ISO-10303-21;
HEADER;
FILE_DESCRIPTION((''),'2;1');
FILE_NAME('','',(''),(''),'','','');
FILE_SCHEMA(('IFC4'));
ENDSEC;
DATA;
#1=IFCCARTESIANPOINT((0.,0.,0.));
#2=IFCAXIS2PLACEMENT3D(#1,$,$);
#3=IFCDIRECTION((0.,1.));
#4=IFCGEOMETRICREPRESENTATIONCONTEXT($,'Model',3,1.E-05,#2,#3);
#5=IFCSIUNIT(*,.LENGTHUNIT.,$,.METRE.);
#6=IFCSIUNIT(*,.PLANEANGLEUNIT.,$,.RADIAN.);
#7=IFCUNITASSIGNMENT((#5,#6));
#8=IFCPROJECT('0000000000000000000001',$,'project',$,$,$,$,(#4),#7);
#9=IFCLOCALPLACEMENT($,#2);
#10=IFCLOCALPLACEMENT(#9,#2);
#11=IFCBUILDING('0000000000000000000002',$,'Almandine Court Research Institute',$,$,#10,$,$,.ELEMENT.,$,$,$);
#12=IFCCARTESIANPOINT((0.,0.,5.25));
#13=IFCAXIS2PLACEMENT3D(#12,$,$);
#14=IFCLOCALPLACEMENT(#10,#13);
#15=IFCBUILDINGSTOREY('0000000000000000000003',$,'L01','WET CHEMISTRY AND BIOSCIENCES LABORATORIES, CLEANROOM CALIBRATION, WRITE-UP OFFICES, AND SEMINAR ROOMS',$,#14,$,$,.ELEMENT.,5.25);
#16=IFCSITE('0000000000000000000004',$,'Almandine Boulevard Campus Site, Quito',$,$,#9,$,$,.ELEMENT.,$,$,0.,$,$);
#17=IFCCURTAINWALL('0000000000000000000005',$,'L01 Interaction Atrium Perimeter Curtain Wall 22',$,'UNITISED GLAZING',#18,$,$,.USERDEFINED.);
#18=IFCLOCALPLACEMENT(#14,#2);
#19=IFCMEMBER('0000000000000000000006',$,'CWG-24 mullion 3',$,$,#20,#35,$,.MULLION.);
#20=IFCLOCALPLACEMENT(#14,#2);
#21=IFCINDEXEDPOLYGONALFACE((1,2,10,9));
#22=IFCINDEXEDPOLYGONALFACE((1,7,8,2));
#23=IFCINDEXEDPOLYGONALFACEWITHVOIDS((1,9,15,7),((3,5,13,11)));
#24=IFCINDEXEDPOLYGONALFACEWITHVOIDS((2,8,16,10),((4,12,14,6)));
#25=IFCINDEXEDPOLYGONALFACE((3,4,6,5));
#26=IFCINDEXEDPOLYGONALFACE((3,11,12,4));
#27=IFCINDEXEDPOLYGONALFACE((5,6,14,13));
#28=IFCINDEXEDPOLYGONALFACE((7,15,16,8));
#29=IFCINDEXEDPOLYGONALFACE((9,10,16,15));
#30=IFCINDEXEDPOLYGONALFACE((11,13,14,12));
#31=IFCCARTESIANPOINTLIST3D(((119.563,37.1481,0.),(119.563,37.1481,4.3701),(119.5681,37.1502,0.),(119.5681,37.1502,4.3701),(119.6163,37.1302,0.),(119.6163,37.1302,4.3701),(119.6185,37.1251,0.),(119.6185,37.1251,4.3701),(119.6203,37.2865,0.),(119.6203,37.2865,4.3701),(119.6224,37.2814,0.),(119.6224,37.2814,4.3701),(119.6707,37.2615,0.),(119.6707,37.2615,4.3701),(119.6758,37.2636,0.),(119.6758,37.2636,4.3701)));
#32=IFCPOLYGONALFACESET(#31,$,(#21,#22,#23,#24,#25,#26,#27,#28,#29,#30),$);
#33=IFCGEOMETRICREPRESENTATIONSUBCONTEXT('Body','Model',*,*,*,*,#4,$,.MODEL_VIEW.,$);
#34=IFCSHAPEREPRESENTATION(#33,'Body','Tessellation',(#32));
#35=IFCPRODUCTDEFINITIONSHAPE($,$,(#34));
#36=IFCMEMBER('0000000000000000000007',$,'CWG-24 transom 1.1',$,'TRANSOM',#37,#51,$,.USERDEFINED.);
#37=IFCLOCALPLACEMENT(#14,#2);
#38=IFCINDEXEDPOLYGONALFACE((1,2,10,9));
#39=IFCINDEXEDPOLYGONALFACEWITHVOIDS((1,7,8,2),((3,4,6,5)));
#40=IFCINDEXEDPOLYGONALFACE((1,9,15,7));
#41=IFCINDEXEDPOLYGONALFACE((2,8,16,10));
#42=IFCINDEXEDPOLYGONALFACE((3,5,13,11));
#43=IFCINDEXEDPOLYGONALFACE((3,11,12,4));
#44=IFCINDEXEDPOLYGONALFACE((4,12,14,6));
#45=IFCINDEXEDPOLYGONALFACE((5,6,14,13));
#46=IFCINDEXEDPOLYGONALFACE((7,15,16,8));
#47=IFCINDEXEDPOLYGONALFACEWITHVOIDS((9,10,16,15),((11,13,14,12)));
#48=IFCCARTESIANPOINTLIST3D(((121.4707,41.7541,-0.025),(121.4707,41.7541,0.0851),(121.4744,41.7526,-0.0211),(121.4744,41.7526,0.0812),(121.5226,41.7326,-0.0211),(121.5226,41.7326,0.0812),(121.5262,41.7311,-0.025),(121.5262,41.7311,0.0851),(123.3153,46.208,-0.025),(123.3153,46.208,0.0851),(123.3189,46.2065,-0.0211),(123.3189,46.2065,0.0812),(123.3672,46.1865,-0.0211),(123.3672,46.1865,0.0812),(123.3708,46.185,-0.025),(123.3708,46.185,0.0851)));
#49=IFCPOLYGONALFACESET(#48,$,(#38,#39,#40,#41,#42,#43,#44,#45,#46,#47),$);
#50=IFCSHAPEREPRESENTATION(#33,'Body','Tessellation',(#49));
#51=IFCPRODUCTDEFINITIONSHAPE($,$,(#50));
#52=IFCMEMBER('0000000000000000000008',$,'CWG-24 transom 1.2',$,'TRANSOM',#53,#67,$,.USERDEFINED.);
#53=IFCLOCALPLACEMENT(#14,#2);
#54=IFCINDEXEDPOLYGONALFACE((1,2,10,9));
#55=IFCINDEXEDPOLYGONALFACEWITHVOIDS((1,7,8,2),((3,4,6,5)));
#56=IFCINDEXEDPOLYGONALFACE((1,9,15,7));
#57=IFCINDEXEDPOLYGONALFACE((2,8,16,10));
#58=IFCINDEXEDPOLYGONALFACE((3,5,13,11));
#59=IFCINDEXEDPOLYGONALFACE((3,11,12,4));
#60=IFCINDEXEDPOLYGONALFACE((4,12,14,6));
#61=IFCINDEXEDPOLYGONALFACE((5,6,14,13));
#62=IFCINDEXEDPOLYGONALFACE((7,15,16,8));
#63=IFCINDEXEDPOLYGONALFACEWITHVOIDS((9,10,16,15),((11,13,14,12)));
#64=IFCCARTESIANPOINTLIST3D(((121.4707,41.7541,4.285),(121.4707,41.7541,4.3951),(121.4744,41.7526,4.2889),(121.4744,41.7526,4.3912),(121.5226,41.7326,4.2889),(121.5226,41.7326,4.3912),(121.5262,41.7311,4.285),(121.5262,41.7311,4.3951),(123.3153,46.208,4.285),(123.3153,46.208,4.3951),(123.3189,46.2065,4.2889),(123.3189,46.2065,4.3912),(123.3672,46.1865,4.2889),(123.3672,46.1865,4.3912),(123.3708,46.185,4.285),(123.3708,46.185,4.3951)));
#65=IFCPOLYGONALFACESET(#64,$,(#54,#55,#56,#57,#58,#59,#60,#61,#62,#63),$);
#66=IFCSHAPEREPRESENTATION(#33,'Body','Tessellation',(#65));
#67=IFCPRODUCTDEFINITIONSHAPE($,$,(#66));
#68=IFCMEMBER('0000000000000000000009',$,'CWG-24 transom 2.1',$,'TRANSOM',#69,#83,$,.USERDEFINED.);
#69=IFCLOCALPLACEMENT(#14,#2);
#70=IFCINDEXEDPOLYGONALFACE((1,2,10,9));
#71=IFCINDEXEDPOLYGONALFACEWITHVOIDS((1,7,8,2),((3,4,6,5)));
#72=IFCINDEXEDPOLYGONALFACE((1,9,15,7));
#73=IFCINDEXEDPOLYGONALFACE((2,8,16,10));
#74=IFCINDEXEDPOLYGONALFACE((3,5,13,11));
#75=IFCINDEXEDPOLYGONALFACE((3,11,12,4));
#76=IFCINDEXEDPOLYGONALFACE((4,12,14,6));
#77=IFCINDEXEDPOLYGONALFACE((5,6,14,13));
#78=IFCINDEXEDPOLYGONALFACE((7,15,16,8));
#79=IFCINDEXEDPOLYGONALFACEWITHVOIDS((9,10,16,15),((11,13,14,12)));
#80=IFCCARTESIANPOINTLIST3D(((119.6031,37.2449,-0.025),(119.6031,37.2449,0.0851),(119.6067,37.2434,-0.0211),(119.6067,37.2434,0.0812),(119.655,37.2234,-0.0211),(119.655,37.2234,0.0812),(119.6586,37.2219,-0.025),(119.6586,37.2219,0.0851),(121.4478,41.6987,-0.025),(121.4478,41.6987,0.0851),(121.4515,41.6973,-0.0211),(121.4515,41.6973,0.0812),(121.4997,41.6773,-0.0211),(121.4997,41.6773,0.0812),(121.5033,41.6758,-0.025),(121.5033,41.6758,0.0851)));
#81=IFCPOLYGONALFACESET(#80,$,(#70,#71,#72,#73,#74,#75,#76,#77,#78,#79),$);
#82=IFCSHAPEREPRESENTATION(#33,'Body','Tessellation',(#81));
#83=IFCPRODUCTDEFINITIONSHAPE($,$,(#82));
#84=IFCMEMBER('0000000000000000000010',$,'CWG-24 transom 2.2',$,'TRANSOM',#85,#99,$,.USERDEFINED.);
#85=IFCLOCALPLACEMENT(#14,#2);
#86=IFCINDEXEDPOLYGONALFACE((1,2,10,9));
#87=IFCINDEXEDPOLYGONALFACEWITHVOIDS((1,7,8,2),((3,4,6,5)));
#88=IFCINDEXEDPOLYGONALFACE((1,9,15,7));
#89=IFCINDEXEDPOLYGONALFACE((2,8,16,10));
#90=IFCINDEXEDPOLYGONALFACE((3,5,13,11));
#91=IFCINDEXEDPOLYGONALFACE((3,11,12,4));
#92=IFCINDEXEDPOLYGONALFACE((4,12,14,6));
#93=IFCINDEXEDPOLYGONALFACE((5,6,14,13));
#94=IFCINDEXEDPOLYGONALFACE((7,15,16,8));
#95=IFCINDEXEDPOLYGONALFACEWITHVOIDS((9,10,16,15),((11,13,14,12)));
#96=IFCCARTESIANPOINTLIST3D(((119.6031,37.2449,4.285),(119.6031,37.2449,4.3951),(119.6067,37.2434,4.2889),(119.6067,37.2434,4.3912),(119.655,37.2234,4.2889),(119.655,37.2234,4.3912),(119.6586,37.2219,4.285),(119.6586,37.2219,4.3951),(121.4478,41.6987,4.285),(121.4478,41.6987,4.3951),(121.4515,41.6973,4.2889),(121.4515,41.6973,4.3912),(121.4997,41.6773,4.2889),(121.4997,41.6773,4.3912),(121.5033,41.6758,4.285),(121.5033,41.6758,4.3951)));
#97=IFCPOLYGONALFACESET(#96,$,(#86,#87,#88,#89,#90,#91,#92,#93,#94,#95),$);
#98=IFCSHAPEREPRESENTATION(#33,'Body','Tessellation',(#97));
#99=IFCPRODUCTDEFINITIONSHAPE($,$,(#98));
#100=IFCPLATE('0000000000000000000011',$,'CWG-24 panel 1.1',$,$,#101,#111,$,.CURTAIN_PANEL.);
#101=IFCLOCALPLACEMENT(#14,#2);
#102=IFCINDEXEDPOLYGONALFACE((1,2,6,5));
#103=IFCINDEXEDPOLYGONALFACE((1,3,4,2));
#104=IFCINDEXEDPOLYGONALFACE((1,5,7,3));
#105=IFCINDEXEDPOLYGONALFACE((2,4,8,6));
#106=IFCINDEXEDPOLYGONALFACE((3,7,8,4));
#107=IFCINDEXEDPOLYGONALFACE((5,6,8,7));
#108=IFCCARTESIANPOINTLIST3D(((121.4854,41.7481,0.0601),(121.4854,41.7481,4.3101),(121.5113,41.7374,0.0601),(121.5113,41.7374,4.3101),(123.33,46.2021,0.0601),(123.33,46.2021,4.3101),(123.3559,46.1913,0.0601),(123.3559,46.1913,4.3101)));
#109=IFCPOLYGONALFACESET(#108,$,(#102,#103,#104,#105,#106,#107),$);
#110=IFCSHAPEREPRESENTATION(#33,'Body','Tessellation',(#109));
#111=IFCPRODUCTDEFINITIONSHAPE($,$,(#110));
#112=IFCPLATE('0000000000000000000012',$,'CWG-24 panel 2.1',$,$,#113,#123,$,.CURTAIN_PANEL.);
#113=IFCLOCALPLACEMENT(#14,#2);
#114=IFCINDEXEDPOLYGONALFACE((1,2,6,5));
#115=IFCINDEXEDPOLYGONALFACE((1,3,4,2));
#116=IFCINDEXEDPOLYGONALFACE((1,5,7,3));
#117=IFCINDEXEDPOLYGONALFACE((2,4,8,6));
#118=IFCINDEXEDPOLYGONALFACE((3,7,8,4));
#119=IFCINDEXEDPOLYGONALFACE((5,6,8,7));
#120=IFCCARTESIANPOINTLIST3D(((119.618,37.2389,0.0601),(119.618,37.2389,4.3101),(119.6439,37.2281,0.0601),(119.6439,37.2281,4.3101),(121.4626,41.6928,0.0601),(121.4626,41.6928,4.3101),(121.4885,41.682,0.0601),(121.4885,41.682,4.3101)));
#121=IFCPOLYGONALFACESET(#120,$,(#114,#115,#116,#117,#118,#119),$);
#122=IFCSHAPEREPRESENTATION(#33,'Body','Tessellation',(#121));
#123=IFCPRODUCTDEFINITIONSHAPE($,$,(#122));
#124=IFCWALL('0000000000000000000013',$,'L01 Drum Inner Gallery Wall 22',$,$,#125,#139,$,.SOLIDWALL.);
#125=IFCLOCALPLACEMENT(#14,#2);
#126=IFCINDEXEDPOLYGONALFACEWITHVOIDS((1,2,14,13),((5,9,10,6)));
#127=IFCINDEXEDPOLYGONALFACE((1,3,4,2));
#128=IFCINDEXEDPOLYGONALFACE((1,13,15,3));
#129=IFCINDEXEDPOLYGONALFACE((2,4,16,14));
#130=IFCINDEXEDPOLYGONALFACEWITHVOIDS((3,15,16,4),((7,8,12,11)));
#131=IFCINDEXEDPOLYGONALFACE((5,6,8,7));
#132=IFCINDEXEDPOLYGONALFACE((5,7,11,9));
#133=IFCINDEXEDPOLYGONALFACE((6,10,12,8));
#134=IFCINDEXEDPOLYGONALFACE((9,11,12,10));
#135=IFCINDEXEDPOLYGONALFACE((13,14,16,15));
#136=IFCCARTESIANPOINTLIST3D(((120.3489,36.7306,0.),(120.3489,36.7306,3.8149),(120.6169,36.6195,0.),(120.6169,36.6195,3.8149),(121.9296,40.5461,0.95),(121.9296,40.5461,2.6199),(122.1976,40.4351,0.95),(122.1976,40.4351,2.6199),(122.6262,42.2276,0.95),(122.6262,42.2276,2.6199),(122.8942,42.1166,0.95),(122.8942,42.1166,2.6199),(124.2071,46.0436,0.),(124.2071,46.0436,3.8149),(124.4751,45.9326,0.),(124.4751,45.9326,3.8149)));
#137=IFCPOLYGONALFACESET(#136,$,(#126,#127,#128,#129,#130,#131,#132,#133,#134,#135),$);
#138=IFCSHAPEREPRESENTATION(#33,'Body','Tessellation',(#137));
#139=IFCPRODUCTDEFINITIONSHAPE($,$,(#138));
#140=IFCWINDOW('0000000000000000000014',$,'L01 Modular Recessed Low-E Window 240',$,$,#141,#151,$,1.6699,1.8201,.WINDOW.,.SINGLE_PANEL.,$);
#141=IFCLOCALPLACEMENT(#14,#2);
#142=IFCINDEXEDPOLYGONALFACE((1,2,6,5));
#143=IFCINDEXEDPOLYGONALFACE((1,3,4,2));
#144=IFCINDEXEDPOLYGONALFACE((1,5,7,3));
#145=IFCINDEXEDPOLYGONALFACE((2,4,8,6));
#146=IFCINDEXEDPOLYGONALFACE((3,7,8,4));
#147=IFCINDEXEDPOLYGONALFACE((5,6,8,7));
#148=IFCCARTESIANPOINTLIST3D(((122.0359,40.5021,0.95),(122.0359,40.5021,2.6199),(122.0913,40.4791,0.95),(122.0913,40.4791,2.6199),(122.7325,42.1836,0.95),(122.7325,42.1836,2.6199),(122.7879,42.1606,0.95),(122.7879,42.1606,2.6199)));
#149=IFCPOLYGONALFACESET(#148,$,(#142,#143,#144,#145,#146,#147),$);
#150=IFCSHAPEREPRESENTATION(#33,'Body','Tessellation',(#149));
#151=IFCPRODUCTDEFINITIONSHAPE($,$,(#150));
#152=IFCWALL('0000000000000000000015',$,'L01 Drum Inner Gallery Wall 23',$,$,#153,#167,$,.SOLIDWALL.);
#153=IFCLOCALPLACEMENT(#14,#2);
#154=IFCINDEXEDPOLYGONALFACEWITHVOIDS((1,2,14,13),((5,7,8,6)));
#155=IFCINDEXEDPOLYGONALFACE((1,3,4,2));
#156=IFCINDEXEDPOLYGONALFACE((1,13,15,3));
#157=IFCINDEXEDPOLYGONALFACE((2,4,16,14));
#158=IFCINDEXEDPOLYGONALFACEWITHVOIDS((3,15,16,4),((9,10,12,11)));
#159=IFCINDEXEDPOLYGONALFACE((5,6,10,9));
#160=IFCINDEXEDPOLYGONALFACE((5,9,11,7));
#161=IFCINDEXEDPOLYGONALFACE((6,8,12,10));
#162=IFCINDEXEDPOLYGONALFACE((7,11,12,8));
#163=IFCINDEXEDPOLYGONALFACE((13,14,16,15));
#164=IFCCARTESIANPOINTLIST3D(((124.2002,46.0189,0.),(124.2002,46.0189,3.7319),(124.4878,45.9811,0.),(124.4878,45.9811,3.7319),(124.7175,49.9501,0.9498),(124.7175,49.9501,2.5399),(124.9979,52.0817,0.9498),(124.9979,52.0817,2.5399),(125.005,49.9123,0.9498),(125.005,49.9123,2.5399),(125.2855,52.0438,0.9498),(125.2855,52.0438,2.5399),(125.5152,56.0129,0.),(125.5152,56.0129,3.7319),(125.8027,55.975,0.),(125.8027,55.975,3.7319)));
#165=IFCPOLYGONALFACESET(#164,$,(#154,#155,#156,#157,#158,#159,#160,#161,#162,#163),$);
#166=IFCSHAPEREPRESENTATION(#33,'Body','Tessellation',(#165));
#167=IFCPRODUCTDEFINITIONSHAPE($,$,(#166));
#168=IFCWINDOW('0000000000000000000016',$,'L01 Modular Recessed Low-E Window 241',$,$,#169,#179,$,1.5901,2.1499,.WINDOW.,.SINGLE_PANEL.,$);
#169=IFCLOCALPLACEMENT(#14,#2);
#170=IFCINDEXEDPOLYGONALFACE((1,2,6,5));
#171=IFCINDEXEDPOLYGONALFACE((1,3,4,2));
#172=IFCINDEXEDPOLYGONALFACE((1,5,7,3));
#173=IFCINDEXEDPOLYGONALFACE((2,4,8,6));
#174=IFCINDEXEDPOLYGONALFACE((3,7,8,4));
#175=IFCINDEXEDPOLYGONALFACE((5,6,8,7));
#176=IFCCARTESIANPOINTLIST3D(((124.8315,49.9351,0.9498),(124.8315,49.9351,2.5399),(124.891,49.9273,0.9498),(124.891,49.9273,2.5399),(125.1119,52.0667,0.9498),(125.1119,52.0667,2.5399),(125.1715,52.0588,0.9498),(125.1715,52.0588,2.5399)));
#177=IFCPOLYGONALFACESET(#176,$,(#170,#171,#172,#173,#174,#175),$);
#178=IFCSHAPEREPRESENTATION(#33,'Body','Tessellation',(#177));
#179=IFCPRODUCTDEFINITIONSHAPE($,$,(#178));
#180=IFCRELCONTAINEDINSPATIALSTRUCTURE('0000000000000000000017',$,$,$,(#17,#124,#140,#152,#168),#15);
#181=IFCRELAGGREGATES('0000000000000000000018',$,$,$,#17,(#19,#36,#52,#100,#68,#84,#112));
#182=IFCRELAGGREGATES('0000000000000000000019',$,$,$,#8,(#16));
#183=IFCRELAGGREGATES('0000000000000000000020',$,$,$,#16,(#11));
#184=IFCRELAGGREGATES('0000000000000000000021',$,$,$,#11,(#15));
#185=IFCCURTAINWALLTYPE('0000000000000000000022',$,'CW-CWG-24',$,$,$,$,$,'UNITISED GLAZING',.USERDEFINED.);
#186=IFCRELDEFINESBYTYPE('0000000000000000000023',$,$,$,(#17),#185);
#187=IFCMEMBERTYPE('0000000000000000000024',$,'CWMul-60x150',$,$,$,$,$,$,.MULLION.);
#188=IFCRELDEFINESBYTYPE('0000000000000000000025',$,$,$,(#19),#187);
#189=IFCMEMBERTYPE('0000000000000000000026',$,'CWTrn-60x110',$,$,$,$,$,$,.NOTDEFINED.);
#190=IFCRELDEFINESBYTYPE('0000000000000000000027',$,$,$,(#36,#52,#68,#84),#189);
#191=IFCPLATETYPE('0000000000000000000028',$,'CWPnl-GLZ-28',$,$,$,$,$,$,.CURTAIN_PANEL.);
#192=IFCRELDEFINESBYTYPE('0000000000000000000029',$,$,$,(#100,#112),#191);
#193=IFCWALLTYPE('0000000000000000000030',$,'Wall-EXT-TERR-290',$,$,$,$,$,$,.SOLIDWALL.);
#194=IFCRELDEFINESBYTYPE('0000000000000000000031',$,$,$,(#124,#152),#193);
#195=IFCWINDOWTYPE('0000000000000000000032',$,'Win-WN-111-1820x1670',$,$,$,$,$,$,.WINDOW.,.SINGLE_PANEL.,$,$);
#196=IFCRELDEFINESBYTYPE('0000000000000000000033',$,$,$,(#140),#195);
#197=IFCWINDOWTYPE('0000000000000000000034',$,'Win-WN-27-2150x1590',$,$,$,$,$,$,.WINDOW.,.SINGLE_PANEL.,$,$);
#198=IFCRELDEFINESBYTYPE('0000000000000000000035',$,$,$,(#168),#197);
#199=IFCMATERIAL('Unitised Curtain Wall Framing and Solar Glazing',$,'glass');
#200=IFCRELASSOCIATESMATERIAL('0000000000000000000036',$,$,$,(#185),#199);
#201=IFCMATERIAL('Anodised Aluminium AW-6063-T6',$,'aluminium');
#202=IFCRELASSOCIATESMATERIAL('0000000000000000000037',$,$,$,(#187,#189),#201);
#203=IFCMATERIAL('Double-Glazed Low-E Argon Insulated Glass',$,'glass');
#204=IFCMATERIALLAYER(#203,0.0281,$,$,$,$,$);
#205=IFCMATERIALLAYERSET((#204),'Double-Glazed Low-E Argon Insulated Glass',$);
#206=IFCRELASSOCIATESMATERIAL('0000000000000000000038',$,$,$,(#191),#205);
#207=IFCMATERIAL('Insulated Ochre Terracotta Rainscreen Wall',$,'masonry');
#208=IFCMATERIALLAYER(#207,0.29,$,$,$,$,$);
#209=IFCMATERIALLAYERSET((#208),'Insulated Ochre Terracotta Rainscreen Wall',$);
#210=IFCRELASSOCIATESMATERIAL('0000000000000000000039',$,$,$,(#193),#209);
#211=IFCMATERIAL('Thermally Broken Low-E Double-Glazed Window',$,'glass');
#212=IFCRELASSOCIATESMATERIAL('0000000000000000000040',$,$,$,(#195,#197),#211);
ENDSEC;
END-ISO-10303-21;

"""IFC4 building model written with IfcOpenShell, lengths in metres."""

from ifc_helpers import new_model, si_unit, direction, frame, frame_2d, origin, origin_2d, place, context, subcontext, project, spatial, rectangle, hollow_rectangle, extrude, material, layer, layer_set, material_profile, profile_set, type_object, element, fill, aggregate, save


model = new_model("IFC4")

# Units and contexts
model_context = context("Model", 3, precision=1e-05, world=origin(), true_north=direction((0.0, 1.0)))
body_context = subcontext(model_context, "Body", "Model", "MODEL_VIEW")
ifc_project = project(units=[si_unit("LENGTHUNIT", "METRE"), si_unit("PLANEANGLEUNIT", "RADIAN")], contexts=[model_context])

# Site, building, storey
site_placement = place(None, origin())
site = spatial("IfcSite", under=ifc_project, at=site_placement, Name="Almandine Boulevard Campus Site, Quito", CompositionType="ELEMENT", RefElevation=0.0)
building_placement = place(site_placement, origin())
building = spatial("IfcBuilding", under=site, at=building_placement, Name="Almandine Court Research Institute", CompositionType="ELEMENT")
storey_placement = place(building_placement, frame((0.0, 0.0, 5.25)))
storey = spatial("IfcBuildingStorey", under=building, at=storey_placement, Name="L01", Description="WET CHEMISTRY AND BIOSCIENCES LABORATORIES, CLEANROOM CALIBRATION, WRITE-UP OFFICES, AND SEMINAR ROOMS", CompositionType="ELEMENT", Elevation=5.25)

# Curtain wall, members, plates
ifc_material_1 = material(Name="Unitised Curtain Wall Framing and Solar Glazing", Category="glass")
curtain_wall_type = type_object("IfcCurtainWallType", Name="CW-CWG-24", ElementType="UNITISED GLAZING", PredefinedType="USERDEFINED", material=ifc_material_1)
curtain_wall_placement = place(storey_placement, origin())
curtain_wall = element("IfcCurtainWall", 1, at=curtain_wall_placement, inside=storey, type_object=curtain_wall_type, Name="L01 Interaction Atrium Perimeter Curtain Wall 22", ObjectType="UNITISED GLAZING", PredefinedType="USERDEFINED")
ifc_material_2 = material(Name="Anodised Aluminium AW-6063-T6", Category="aluminium")
ifc_material_profile_1 = material_profile(ifc_material_2, hollow_rectangle(XDim=0.0601, YDim=0.1499, WallThickness=0.0039, at=origin_2d()), Name="ALU RHS 60x150x4")
ifc_profile_set_1 = profile_set([ifc_material_profile_1], Name="Anodised Aluminium AW-6063-T6")
member_type_1 = type_object("IfcMemberType", Name="CWMul-60x150", PredefinedType="MULLION", material=ifc_profile_set_1)
member_1_placement = place(storey_placement, frame((119.6194, 37.2058, 0.0), z_axis=(0.0, 0.0, 1.0), x_axis=(0.9239, -0.382634, 0.0)))
member_1 = element("IfcMember", 2, at=member_1_placement, type_object=member_type_1, Name="CWG-24 mullion 3", PredefinedType="MULLION", context=body_context, shape_type="SweptSolid", body=[
    extrude(hollow_rectangle(XDim=0.0601, YDim=0.1499, WallThickness=0.0039, at=origin_2d()), origin(), (0.0, 0.0, 1.0), 4.3701),
])
ifc_material_profile_2 = material_profile(ifc_material_2, hollow_rectangle(XDim=0.0601, YDim=0.1101, WallThickness=0.0039, at=origin_2d()), Name="ALU RHS 60x110x4")
ifc_profile_set_2 = profile_set([ifc_material_profile_2], Name="Anodised Aluminium AW-6063-T6")
member_type_2 = type_object("IfcMemberType", Name="CWTrn-60x110", PredefinedType="NOTDEFINED", material=ifc_profile_set_2)
member_2_placement = place(storey_placement, frame((123.343, 46.1965, 0.03), z_axis=(-0.382619, -0.923906, 0.0), x_axis=(0.923906, -0.382619, 0.0)))
member_2 = element("IfcMember", 3, at=member_2_placement, type_object=member_type_2, Name="CWG-24 transom 1.1", ObjectType="TRANSOM", PredefinedType="USERDEFINED", context=body_context, shape_type="SweptSolid", body=[
    extrude(hollow_rectangle(XDim=0.0601, YDim=0.1101, WallThickness=0.0039, at=origin_2d()), origin(), (0.0, 0.0, 1.0), 4.8208),
])
member_3_placement = place(storey_placement, frame((123.343, 46.1965, 4.3401), z_axis=(-0.382619, -0.923906, 0.0), x_axis=(0.923906, -0.382619, 0.0)))
member_3 = element("IfcMember", 4, at=member_3_placement, type_object=member_type_2, Name="CWG-24 transom 1.2", ObjectType="TRANSOM", PredefinedType="USERDEFINED", context=body_context, shape_type="SweptSolid", body=[
    extrude(hollow_rectangle(XDim=0.0601, YDim=0.1101, WallThickness=0.0039, at=origin_2d()), origin(), (0.0, 0.0, 1.0), 4.8208),
])
member_4_placement = place(storey_placement, frame((121.4756, 41.6873, 0.03), z_axis=(-0.382662, -0.923888, 0.0), x_axis=(0.923888, -0.382662, 0.0)))
member_4 = element("IfcMember", 5, at=member_4_placement, type_object=member_type_2, Name="CWG-24 transom 2.1", ObjectType="TRANSOM", PredefinedType="USERDEFINED", context=body_context, shape_type="SweptSolid", body=[
    extrude(hollow_rectangle(XDim=0.0601, YDim=0.1101, WallThickness=0.0039, at=origin_2d()), origin(), (0.0, 0.0, 1.0), 4.8208),
])
member_5_placement = place(storey_placement, frame((121.4756, 41.6873, 4.3401), z_axis=(-0.382662, -0.923888, 0.0), x_axis=(0.923888, -0.382662, 0.0)))
member_5 = element("IfcMember", 6, at=member_5_placement, type_object=member_type_2, Name="CWG-24 transom 2.2", ObjectType="TRANSOM", PredefinedType="USERDEFINED", context=body_context, shape_type="SweptSolid", body=[
    extrude(hollow_rectangle(XDim=0.0601, YDim=0.1101, WallThickness=0.0039, at=origin_2d()), origin(), (0.0, 0.0, 1.0), 4.8208),
])
ifc_material_3 = material(Name="Double-Glazed Low-E Argon Insulated Glass", Category="glass")
ifc_layer_1 = layer(ifc_material_3, 0.0281)
ifc_layer_set_1 = layer_set([ifc_layer_1], Name="Double-Glazed Low-E Argon Insulated Glass")
plate_type = type_object("IfcPlateType", Name="CWPnl-GLZ-28", PredefinedType="CURTAIN_PANEL", material=ifc_layer_set_1)
plate_1_placement = place(storey_placement, frame((122.4207, 43.9697, 0.0601), z_axis=(0.0, 0.0, 1.0), x_axis=(-0.382634, -0.9239, 0.0)))
plate_1 = element("IfcPlate", 7, at=plate_1_placement, type_object=plate_type, Name="CWG-24 panel 1.1", PredefinedType="CURTAIN_PANEL", context=body_context, shape_type="SweptSolid", body=[
    extrude(rectangle(XDim=4.8208, YDim=0.0281, at=origin_2d()), origin(), (0.0, 0.0, 1.0), 4.25),
])
plate_2_placement = place(storey_placement, frame((120.5532, 39.4604, 0.0601), z_axis=(0.0, 0.0, 1.0), x_axis=(-0.382634, -0.9239, 0.0)))
plate_2 = element("IfcPlate", 8, at=plate_2_placement, type_object=plate_type, Name="CWG-24 panel 2.1", PredefinedType="CURTAIN_PANEL", context=body_context, shape_type="SweptSolid", body=[
    extrude(rectangle(XDim=4.8208, YDim=0.0281, at=origin_2d()), origin(), (0.0, 0.0, 1.0), 4.25),
])
aggregate(curtain_wall, [member_1, member_2, member_3, plate_1, member_4, member_5, plate_2])

# Walls, openings, windows
ifc_material_4 = material(Name="Insulated Ochre Terracotta Rainscreen Wall", Category="masonry")
ifc_layer_2 = layer(ifc_material_4, 0.29)
ifc_layer_set_2 = layer_set([ifc_layer_2], Name="Insulated Ochre Terracotta Rainscreen Wall")
wall_type_1 = type_object("IfcWallType", Name="Wall-EXT-TERR-290", PredefinedType="SOLIDWALL", material=ifc_layer_set_2)
wall_1_placement = place(storey_placement, frame((120.4829, 36.675, 0.0), z_axis=(0.0, 0.0, 1.0), x_axis=(0.382733, 0.923859, 0.0)))
wall_1 = element("IfcWall", 9, at=wall_1_placement, inside=storey, type_object=wall_type_1, Name="L01 Drum Inner Gallery Wall 22", PredefinedType="SOLIDWALL", context=body_context, shape_type="SweptSolid", body=[
    extrude(rectangle(XDim=10.0806, YDim=0.29, at=frame_2d((5.0403, 0.0))), origin(), (0.0, 0.0, 1.0), 3.8149),
])
opening_1_placement = place(wall_1_placement, frame((4.1299, 0.0, 0.95)))
opening_1 = element("IfcOpeningElement", 10, at=opening_1_placement, cuts=wall_1, PredefinedType="OPENING", context=body_context, shape_type="SweptSolid", body=[
    extrude(rectangle(XDim=1.8201, YDim=1.6699, at=frame_2d((0.9102, 0.835))), frame((0.0, 0.155, 0.0), z_axis=(0.0, -1.0, 0.0), x_axis=(1.0, 0.0, 0.0)), (0.0, 0.0, 1.0), 0.3101),
])
ifc_material_5 = material(Name="Thermally Broken Low-E Double-Glazed Window", Category="glass")
window_type_1 = type_object("IfcWindowType", Name="Win-WN-111-1820x1670", PartitioningType="SINGLE_PANEL", PredefinedType="WINDOW", material=ifc_material_5)
window_1_placement = place(opening_1_placement, origin())
window_1 = element("IfcWindow", 11, at=window_1_placement, inside=storey, type_object=window_type_1, Name="L01 Modular Recessed Low-E Window 240", OverallHeight=1.6699, OverallWidth=1.8201, PartitioningType="SINGLE_PANEL", PredefinedType="WINDOW", context=body_context, shape_type="SweptSolid", body=[
    extrude(rectangle(XDim=1.8201, YDim=1.6699, at=frame_2d((0.9102, 0.835))), frame((0.0, 0.03, 0.0), z_axis=(0.0, -1.0, 0.0), x_axis=(1.0, 0.0, 0.0)), (0.0, 0.0, 1.0), 0.0601),
])
fill(opening_1, window_1)
wall_2_placement = place(storey_placement, frame((124.344, 46.0, 0.0), z_axis=(0.0, 0.0, 1.0), x_axis=(0.13045, 0.991455, 0.0)))
wall_2 = element("IfcWall", 12, at=wall_2_placement, inside=storey, type_object=wall_type_1, Name="L01 Drum Inner Gallery Wall 23", PredefinedType="SOLIDWALL", context=body_context, shape_type="SweptSolid", body=[
    extrude(rectangle(XDim=10.0801, YDim=0.29, at=frame_2d((5.04, 0.0))), origin(), (0.0, 0.0, 1.0), 3.7319),
])
opening_2_placement = place(wall_2_placement, frame((3.9651, 0.0, 0.95)))
opening_2 = element("IfcOpeningElement", 13, at=opening_2_placement, cuts=wall_2, PredefinedType="OPENING", context=body_context, shape_type="SweptSolid", body=[
    extrude(rectangle(XDim=2.1499, YDim=1.5901, at=frame_2d((1.075, 0.7949))), frame((0.0, 0.155, 0.0), z_axis=(0.0, -1.0, 0.0), x_axis=(1.0, 0.0, 0.0)), (0.0, 0.0, 1.0), 0.3101),
])
window_type_2 = type_object("IfcWindowType", Name="Win-WN-27-2150x1590", PartitioningType="SINGLE_PANEL", PredefinedType="WINDOW", material=ifc_material_5)
window_2_placement = place(opening_2_placement, origin())
window_2 = element("IfcWindow", 14, at=window_2_placement, inside=storey, type_object=window_type_2, Name="L01 Modular Recessed Low-E Window 241", OverallHeight=1.5901, OverallWidth=2.1499, PartitioningType="SINGLE_PANEL", PredefinedType="WINDOW", context=body_context, shape_type="SweptSolid", body=[
    extrude(rectangle(XDim=2.1499, YDim=1.5901, at=frame_2d((1.075, 0.7949))), frame((0.0, 0.03, 0.0), z_axis=(0.0, -1.0, 0.0), x_axis=(1.0, 0.0, 0.0)), (0.0, 0.0, 1.0), 0.0601),
])
fill(opening_2, window_2)

save(model, "model.ifc")
